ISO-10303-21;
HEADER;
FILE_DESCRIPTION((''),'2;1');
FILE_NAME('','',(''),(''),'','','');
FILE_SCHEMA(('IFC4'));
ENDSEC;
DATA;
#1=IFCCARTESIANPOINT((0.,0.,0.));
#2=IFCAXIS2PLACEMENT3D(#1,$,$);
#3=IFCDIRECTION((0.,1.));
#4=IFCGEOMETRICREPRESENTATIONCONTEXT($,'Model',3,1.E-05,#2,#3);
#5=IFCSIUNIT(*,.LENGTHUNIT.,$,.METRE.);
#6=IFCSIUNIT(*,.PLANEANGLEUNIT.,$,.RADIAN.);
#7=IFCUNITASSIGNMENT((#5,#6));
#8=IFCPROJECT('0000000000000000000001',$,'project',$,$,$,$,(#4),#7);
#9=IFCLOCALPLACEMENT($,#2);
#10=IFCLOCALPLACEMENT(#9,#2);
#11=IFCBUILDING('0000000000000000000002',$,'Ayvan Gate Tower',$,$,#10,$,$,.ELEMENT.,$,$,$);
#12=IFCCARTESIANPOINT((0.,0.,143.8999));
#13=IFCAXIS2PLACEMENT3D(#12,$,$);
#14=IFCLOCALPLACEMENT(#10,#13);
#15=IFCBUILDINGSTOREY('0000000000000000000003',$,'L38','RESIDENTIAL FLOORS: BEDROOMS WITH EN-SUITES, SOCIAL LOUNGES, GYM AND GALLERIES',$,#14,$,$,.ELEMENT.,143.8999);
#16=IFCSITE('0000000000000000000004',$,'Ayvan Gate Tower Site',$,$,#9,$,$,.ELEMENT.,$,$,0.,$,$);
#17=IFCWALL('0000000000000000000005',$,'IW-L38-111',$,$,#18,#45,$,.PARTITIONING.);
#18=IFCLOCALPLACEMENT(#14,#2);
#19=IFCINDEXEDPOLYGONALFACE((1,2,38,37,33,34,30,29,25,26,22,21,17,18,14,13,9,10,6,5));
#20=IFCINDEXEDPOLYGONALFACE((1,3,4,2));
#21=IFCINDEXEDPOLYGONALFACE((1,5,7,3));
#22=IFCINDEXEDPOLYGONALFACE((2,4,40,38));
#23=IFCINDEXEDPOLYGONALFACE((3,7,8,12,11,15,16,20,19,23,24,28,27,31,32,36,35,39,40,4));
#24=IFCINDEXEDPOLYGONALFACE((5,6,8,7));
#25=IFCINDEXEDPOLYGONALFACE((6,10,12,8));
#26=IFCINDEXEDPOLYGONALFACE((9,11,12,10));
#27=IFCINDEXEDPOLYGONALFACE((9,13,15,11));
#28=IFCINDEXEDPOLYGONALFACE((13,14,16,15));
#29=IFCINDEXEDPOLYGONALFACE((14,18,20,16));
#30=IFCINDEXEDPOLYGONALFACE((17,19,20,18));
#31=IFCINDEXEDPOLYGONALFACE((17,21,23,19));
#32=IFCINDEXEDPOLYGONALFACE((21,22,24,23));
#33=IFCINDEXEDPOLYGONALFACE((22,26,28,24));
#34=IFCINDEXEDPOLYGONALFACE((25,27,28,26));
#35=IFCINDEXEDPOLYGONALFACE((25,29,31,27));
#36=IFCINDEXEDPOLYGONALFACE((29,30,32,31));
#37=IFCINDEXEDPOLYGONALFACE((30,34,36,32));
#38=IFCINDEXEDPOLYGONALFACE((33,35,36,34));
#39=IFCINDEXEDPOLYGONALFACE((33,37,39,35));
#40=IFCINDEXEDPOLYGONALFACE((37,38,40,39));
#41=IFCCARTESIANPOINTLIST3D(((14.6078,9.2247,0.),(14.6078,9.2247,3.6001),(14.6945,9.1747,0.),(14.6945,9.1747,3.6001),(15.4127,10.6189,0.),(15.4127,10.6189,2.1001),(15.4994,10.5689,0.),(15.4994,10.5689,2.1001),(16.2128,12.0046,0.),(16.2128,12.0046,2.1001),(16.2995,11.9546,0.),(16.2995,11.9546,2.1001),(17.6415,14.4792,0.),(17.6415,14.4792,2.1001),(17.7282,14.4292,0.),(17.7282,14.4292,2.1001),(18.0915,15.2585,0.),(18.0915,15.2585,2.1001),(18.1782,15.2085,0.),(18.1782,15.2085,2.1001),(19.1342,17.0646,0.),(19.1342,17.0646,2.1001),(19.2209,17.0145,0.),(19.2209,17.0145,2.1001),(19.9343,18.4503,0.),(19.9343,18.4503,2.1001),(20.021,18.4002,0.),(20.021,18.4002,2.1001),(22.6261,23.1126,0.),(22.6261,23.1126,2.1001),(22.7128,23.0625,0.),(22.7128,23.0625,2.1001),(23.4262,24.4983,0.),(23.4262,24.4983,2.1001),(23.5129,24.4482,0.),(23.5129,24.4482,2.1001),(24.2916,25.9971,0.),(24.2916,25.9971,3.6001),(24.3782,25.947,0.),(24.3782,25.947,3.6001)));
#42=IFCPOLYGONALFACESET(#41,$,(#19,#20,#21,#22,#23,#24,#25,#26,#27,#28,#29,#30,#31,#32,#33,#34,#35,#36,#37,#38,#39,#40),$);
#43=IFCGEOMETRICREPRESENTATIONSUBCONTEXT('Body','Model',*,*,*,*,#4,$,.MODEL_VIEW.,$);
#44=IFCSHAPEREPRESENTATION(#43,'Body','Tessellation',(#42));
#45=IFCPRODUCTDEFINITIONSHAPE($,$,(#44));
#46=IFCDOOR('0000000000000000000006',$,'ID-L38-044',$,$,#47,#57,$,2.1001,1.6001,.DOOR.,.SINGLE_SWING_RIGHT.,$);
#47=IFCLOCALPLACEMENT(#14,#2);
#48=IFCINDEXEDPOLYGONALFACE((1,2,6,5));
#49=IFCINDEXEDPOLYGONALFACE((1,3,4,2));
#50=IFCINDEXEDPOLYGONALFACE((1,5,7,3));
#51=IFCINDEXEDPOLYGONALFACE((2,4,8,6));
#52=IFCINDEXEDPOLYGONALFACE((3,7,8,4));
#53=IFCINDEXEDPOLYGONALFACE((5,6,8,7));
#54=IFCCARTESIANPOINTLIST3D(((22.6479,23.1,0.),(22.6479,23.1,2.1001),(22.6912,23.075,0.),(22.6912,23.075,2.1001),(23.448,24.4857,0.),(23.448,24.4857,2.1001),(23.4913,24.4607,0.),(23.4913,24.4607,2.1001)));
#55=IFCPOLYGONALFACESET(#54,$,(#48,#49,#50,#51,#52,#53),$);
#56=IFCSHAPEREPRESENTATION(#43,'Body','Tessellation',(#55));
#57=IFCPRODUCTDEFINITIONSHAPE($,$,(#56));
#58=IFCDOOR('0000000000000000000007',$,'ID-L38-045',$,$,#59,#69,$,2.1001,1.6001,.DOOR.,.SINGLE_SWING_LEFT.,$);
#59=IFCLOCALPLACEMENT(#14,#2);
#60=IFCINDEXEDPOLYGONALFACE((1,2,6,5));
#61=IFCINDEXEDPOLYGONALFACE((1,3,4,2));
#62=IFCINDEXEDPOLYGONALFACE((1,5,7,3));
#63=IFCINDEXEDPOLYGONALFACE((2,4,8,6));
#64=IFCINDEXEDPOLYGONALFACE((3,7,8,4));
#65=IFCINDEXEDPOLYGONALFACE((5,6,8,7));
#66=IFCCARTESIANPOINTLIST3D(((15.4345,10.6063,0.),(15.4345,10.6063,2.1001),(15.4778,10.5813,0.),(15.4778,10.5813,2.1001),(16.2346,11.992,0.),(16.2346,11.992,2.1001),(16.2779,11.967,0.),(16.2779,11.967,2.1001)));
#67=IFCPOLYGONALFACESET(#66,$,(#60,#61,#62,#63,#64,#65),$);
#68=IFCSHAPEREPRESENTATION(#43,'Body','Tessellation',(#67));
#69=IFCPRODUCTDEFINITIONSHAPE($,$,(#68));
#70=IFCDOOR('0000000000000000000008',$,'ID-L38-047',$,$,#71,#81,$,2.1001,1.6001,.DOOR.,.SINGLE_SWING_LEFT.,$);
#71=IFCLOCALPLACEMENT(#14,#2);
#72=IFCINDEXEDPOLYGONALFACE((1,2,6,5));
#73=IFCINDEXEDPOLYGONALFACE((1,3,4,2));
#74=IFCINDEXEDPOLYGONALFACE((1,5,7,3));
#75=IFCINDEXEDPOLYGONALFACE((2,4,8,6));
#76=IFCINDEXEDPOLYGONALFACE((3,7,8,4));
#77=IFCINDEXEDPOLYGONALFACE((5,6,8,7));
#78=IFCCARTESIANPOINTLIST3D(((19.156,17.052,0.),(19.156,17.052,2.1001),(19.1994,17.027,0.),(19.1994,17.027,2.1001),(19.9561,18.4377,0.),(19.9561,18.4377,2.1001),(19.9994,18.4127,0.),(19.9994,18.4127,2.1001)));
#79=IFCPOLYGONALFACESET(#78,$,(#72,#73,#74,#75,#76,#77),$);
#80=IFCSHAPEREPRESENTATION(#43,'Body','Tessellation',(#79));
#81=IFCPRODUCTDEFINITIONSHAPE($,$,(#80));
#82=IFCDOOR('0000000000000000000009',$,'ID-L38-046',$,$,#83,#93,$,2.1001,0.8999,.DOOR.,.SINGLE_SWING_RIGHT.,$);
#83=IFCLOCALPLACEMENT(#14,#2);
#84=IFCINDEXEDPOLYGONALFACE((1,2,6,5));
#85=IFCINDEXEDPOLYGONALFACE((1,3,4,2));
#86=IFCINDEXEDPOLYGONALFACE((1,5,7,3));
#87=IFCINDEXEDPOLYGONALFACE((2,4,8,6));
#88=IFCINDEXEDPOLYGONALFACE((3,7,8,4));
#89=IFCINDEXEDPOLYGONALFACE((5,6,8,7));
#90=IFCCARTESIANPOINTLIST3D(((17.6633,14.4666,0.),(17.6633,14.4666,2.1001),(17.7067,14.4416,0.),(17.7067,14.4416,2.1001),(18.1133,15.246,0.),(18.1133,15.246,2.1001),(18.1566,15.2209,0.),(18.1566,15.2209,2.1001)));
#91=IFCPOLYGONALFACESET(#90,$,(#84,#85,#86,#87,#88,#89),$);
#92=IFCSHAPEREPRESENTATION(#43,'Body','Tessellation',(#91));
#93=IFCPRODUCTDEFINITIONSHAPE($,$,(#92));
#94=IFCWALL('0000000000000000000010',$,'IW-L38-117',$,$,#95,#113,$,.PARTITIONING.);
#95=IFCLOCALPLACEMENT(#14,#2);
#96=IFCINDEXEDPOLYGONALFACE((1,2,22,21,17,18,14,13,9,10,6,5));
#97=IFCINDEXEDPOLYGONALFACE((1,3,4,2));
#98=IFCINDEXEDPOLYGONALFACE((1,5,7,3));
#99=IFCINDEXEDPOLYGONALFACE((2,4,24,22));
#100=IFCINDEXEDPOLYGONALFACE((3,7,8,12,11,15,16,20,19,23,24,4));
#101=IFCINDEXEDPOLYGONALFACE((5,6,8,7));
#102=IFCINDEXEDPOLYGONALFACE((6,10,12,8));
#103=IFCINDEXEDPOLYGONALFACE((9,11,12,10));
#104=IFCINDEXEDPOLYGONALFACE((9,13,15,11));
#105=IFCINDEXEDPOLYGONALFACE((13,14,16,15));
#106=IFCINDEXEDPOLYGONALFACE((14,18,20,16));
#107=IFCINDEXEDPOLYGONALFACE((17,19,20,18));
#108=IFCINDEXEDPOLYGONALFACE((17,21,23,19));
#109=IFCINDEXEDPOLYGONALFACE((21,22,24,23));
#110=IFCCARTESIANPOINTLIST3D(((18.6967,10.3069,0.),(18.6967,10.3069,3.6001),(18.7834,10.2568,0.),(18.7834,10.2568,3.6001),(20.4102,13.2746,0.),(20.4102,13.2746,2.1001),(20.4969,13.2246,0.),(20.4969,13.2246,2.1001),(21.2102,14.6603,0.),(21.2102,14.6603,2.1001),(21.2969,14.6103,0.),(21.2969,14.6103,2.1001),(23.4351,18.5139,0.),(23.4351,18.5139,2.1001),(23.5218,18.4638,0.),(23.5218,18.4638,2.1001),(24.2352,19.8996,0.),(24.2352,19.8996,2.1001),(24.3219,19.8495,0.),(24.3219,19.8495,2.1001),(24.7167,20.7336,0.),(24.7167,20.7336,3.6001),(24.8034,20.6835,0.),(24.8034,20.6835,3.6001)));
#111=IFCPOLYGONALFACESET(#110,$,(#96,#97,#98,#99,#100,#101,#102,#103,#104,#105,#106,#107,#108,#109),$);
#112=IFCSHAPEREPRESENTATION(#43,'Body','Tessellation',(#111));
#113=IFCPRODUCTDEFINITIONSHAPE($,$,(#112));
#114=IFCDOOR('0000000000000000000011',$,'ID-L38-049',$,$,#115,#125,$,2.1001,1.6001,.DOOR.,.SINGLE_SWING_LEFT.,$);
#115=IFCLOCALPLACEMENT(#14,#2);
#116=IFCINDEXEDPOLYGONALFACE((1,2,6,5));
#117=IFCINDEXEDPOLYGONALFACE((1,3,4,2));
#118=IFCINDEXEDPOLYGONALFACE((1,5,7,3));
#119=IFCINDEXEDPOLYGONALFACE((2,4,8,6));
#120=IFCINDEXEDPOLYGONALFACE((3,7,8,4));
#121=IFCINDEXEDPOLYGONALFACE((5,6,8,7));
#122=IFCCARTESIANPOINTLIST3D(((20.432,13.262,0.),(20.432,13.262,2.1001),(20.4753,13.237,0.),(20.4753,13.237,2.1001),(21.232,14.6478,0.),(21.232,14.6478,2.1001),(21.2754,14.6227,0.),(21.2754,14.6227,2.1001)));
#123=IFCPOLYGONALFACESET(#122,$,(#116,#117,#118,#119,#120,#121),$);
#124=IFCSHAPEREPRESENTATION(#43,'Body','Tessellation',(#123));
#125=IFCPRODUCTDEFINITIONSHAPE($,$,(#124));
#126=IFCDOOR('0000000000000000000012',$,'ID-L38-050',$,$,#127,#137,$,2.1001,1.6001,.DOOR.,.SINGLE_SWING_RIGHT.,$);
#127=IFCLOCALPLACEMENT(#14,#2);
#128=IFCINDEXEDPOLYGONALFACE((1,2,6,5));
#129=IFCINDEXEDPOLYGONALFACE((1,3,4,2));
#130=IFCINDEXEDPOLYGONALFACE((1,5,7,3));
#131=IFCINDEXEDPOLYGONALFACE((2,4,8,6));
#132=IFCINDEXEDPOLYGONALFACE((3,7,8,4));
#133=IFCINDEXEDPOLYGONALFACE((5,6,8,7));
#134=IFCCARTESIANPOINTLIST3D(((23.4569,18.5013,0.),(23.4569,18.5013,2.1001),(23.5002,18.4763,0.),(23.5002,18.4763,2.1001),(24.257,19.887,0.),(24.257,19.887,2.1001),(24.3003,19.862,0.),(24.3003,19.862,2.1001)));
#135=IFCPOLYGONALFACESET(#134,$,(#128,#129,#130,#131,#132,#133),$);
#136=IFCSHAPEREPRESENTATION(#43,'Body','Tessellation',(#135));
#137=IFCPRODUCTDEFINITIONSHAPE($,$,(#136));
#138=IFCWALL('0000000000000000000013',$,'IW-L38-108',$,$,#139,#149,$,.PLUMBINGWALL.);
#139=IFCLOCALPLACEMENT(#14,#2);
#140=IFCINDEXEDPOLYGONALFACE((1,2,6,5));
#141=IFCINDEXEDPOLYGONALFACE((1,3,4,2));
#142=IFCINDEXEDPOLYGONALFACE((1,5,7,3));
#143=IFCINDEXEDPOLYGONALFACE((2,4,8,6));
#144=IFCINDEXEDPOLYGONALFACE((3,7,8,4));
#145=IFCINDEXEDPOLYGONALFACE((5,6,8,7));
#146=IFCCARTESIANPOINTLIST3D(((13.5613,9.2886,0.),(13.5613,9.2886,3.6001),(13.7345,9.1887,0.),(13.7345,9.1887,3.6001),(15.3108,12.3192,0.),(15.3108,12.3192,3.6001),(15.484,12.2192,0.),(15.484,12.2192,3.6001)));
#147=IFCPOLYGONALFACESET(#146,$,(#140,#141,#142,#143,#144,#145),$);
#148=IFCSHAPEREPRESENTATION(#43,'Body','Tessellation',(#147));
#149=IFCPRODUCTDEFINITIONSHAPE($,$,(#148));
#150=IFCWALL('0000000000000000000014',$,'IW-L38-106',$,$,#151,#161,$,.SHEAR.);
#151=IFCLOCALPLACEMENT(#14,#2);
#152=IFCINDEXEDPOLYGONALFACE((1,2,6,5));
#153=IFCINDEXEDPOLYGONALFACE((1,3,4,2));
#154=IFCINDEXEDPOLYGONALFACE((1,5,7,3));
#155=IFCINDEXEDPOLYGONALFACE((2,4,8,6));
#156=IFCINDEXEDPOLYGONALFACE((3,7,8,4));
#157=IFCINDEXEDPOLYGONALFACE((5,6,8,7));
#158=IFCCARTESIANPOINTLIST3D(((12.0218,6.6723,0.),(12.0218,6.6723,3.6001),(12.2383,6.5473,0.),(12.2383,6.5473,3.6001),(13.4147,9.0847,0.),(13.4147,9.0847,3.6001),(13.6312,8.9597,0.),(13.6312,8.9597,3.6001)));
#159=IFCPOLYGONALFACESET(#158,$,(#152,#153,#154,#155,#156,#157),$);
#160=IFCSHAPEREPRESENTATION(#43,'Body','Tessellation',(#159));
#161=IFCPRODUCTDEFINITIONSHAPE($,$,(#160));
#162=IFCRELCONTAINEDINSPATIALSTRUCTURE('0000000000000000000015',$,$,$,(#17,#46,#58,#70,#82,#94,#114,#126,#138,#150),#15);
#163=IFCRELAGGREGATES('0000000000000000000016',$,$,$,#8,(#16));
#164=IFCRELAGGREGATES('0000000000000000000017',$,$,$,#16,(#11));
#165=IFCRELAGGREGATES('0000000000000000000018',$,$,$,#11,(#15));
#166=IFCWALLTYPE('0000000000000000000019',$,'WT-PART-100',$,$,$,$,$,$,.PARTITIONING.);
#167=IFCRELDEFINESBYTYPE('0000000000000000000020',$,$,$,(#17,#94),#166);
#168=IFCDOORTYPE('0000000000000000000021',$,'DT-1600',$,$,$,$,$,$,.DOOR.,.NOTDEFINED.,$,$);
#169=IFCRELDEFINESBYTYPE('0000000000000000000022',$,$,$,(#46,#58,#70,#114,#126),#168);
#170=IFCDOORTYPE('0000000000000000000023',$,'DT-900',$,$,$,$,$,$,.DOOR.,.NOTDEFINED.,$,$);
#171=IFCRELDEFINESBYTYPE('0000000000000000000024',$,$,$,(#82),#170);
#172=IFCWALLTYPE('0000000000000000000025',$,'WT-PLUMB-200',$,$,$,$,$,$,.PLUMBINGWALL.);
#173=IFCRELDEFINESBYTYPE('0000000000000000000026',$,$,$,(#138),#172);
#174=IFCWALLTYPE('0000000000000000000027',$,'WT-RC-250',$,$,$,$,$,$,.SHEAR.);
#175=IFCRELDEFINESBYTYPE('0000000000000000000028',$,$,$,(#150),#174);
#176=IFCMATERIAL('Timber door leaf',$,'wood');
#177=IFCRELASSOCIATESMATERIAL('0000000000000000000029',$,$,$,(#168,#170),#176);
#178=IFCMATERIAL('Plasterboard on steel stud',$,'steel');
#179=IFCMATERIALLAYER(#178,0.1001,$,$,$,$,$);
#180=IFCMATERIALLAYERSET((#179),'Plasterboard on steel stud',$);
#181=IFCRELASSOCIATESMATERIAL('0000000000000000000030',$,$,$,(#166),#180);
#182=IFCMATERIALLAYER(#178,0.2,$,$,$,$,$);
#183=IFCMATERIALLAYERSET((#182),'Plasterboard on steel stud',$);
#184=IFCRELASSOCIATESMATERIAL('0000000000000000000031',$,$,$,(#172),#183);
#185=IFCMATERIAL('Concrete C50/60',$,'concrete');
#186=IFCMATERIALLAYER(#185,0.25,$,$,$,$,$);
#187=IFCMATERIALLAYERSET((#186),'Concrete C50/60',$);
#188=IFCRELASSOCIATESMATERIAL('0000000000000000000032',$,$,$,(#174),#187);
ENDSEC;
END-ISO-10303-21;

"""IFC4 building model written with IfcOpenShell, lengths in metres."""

from ifc_helpers import new_model, si_unit, direction, frame, frame_2d, origin, place, context, subcontext, project, spatial, rectangle, extrude, material, layer, layer_set, type_object, element, fill, save


model = new_model("IFC4")

# Units and contexts
model_context = context("Model", 3, precision=1e-05, world=origin(), true_north=direction((0.0, 1.0)))
body_context = subcontext(model_context, "Body", "Model", "MODEL_VIEW")
ifc_project = project(units=[si_unit("LENGTHUNIT", "METRE"), si_unit("PLANEANGLEUNIT", "RADIAN")], contexts=[model_context])

# Site, building, storey
site_placement = place(None, origin())
site = spatial("IfcSite", under=ifc_project, at=site_placement, Name="Ayvan Gate Tower Site", CompositionType="ELEMENT", RefElevation=0.0)
building_placement = place(site_placement, origin())
building = spatial("IfcBuilding", under=site, at=building_placement, Name="Ayvan Gate Tower", CompositionType="ELEMENT")
storey_placement = place(building_placement, frame((0.0, 0.0, 143.8999)))
storey = spatial("IfcBuildingStorey", under=building, at=storey_placement, Name="L38", Description="RESIDENTIAL FLOORS: BEDROOMS WITH EN-SUITES, SOCIAL LOUNGES, GYM AND GALLERIES", CompositionType="ELEMENT", Elevation=143.8999)

# Shared definitions
ifc_material_1 = material(Name="Plasterboard on steel stud", Category="steel")
ifc_material_2 = material(Name="Timber door leaf", Category="wood")
door_type_1 = type_object("IfcDoorType", Name="DT-1600", OperationType="NOTDEFINED", PredefinedType="DOOR", material=ifc_material_2)

# Walls, openings, doors
ifc_layer_1 = layer(ifc_material_1, 0.1001)
ifc_layer_set_1 = layer_set([ifc_layer_1], Name="Plasterboard on steel stud")
wall_type_1 = type_object("IfcWallType", Name="WT-PART-100", PredefinedType="PARTITIONING", material=ifc_layer_set_1)
wall_1_placement = place(storey_placement, frame((14.6511, 9.1997, 0.0), z_axis=(0.0, 0.0, 1.0), x_axis=(0.50001, 0.86602, 0.0)))
wall_1 = element("IfcWall", 1, at=wall_1_placement, inside=storey, type_object=wall_type_1, Name="IW-L38-111", PredefinedType="PARTITIONING", context=body_context, shape_type="SweptSolid", body=[
    extrude(rectangle(XDim=19.3672, YDim=0.1001, at=frame_2d((9.6836, 0.0))), origin(), (0.0, 0.0, 1.0), 3.6001),
])
opening_1_placement = place(wall_1_placement, frame((16.0364, 0.0, 0.0)))
opening_1 = element("IfcOpeningElement", 2, at=opening_1_placement, cuts=wall_1, PredefinedType="OPENING", context=body_context, shape_type="SweptSolid", body=[
    extrude(rectangle(XDim=1.6001, YDim=2.1001, at=frame_2d((0.8, 1.05))), frame((0.0, 0.0601, 0.0), z_axis=(0.0, -1.0, 0.0), x_axis=(1.0, 0.0, 0.0)), (0.0, 0.0, 1.0), 0.1201),
])
opening_2_placement = place(wall_1_placement, frame((1.6099, 0.0, 0.0)))
opening_2 = element("IfcOpeningElement", 3, at=opening_2_placement, cuts=wall_1, PredefinedType="OPENING", context=body_context, shape_type="SweptSolid", body=[
    extrude(rectangle(XDim=1.6001, YDim=2.1001, at=frame_2d((0.8, 1.05))), frame((0.0, 0.0601, 0.0), z_axis=(0.0, -1.0, 0.0), x_axis=(1.0, 0.0, 0.0)), (0.0, 0.0, 1.0), 0.1201),
])
opening_3_placement = place(wall_1_placement, frame((6.0674, 0.0, 0.0)))
opening_3 = element("IfcOpeningElement", 4, at=opening_3_placement, cuts=wall_1, PredefinedType="OPENING", context=body_context, shape_type="SweptSolid", body=[
    extrude(rectangle(XDim=0.8999, YDim=2.1001, at=frame_2d((0.45, 1.05))), frame((0.0, 0.0601, 0.0), z_axis=(0.0, -1.0, 0.0), x_axis=(1.0, 0.0, 0.0)), (0.0, 0.0, 1.0), 0.1201),
])
opening_4_placement = place(wall_1_placement, frame((9.0527, 0.0, 0.0)))
opening_4 = element("IfcOpeningElement", 5, at=opening_4_placement, cuts=wall_1, PredefinedType="OPENING", context=body_context, shape_type="SweptSolid", body=[
    extrude(rectangle(XDim=1.6001, YDim=2.1001, at=frame_2d((0.8, 1.05))), frame((0.0, 0.0601, 0.0), z_axis=(0.0, -1.0, 0.0), x_axis=(1.0, 0.0, 0.0)), (0.0, 0.0, 1.0), 0.1201),
])
door_1_placement = place(opening_1_placement, origin())
door_1 = element("IfcDoor", 6, at=door_1_placement, inside=storey, type_object=door_type_1, Name="ID-L38-044", OperationType="SINGLE_SWING_RIGHT", OverallHeight=2.1001, OverallWidth=1.6001, PredefinedType="DOOR", context=body_context, shape_type="SweptSolid", body=[
    extrude(rectangle(XDim=1.6001, YDim=2.1001, at=frame_2d((0.8, 1.05))), frame((0.0, 0.0249, 0.0), z_axis=(0.0, -1.0, 0.0), x_axis=(1.0, 0.0, 0.0)), (0.0, 0.0, 1.0), 0.05),
])
fill(opening_1, door_1)
door_2_placement = place(opening_2_placement, origin())
door_2 = element("IfcDoor", 7, at=door_2_placement, inside=storey, type_object=door_type_1, Name="ID-L38-045", OperationType="SINGLE_SWING_LEFT", OverallHeight=2.1001, OverallWidth=1.6001, PredefinedType="DOOR", context=body_context, shape_type="SweptSolid", body=[
    extrude(rectangle(XDim=1.6001, YDim=2.1001, at=frame_2d((0.8, 1.05))), frame((0.0, 0.0249, 0.0), z_axis=(0.0, -1.0, 0.0), x_axis=(1.0, 0.0, 0.0)), (0.0, 0.0, 1.0), 0.05),
])
fill(opening_2, door_2)
door_3_placement = place(opening_4_placement, origin())
door_3 = element("IfcDoor", 8, at=door_3_placement, inside=storey, type_object=door_type_1, Name="ID-L38-047", OperationType="SINGLE_SWING_LEFT", OverallHeight=2.1001, OverallWidth=1.6001, PredefinedType="DOOR", context=body_context, shape_type="SweptSolid", body=[
    extrude(rectangle(XDim=1.6001, YDim=2.1001, at=frame_2d((0.8, 1.05))), frame((0.0, 0.0249, 0.0), z_axis=(0.0, -1.0, 0.0), x_axis=(1.0, 0.0, 0.0)), (0.0, 0.0, 1.0), 0.05),
])
fill(opening_4, door_3)
door_type_2 = type_object("IfcDoorType", Name="DT-900", OperationType="NOTDEFINED", PredefinedType="DOOR", material=ifc_material_2)
door_4_placement = place(opening_3_placement, origin())
door_4 = element("IfcDoor", 9, at=door_4_placement, inside=storey, type_object=door_type_2, Name="ID-L38-046", OperationType="SINGLE_SWING_RIGHT", OverallHeight=2.1001, OverallWidth=0.8999, PredefinedType="DOOR", context=body_context, shape_type="SweptSolid", body=[
    extrude(rectangle(XDim=0.8999, YDim=2.1001, at=frame_2d((0.45, 1.05))), frame((0.0, 0.0249, 0.0), z_axis=(0.0, -1.0, 0.0), x_axis=(1.0, 0.0, 0.0)), (0.0, 0.0, 1.0), 0.05),
])
fill(opening_3, door_4)
wall_2_placement = place(storey_placement, frame((18.74, 10.2817, 0.0), z_axis=(0.0, 0.0, 1.0), x_axis=(0.500008, 0.866021, 0.0)))
wall_2 = element("IfcWall", 10, at=wall_2_placement, inside=storey, type_object=wall_type_1, Name="IW-L38-117", PredefinedType="PARTITIONING", context=body_context, shape_type="SweptSolid", body=[
    extrude(rectangle(XDim=12.0398, YDim=0.1001, at=frame_2d((6.02, 0.0))), origin(), (0.0, 0.0, 1.0), 3.6001),
])
opening_5_placement = place(wall_2_placement, frame((3.427, 0.0, 0.0)))
opening_5 = element("IfcOpeningElement", 11, at=opening_5_placement, cuts=wall_2, PredefinedType="OPENING", context=body_context, shape_type="SweptSolid", body=[
    extrude(rectangle(XDim=1.6001, YDim=2.1001, at=frame_2d((0.8, 1.05))), frame((0.0, 0.0601, 0.0), z_axis=(0.0, -1.0, 0.0), x_axis=(1.0, 0.0, 0.0)), (0.0, 0.0, 1.0), 0.1201),
])
opening_6_placement = place(wall_2_placement, frame((9.4768, 0.0, 0.0)))
opening_6 = element("IfcOpeningElement", 12, at=opening_6_placement, cuts=wall_2, PredefinedType="OPENING", context=body_context, shape_type="SweptSolid", body=[
    extrude(rectangle(XDim=1.6001, YDim=2.1001, at=frame_2d((0.8, 1.05))), frame((0.0, 0.0601, 0.0), z_axis=(0.0, -1.0, 0.0), x_axis=(1.0, 0.0, 0.0)), (0.0, 0.0, 1.0), 0.1201),
])
door_5_placement = place(opening_5_placement, origin())
door_5 = element("IfcDoor", 13, at=door_5_placement, inside=storey, type_object=door_type_1, Name="ID-L38-049", OperationType="SINGLE_SWING_LEFT", OverallHeight=2.1001, OverallWidth=1.6001, PredefinedType="DOOR", context=body_context, shape_type="SweptSolid", body=[
    extrude(rectangle(XDim=1.6001, YDim=2.1001, at=frame_2d((0.8, 1.05))), frame((0.0, 0.0249, 0.0), z_axis=(0.0, -1.0, 0.0), x_axis=(1.0, 0.0, 0.0)), (0.0, 0.0, 1.0), 0.05),
])
fill(opening_5, door_5)
door_6_placement = place(opening_6_placement, origin())
door_6 = element("IfcDoor", 14, at=door_6_placement, inside=storey, type_object=door_type_1, Name="ID-L38-050", OperationType="SINGLE_SWING_RIGHT", OverallHeight=2.1001, OverallWidth=1.6001, PredefinedType="DOOR", context=body_context, shape_type="SweptSolid", body=[
    extrude(rectangle(XDim=1.6001, YDim=2.1001, at=frame_2d((0.8, 1.05))), frame((0.0, 0.0249, 0.0), z_axis=(0.0, -1.0, 0.0), x_axis=(1.0, 0.0, 0.0)), (0.0, 0.0, 1.0), 0.05),
])
fill(opening_6, door_6)

# Walls
ifc_layer_2 = layer(ifc_material_1, 0.2)
ifc_layer_set_2 = layer_set([ifc_layer_2], Name="Plasterboard on steel stud")
wall_type_2 = type_object("IfcWallType", Name="WT-PLUMB-200", PredefinedType="PLUMBINGWALL", material=ifc_layer_set_2)
wall_3_placement = place(storey_placement, frame((13.6479, 9.2388, 0.0), z_axis=(0.0, 0.0, 1.0), x_axis=(0.499966, 0.866045, 0.0)))
element("IfcWall", 15, at=wall_3_placement, inside=storey, type_object=wall_type_2, Name="IW-L38-108", PredefinedType="PLUMBINGWALL", context=body_context, shape_type="SweptSolid", body=[
    extrude(rectangle(XDim=3.4993, YDim=0.2, at=frame_2d((1.7495, 0.0))), origin(), (0.0, 0.0, 1.0), 3.6001),
])
ifc_material_3 = material(Name="Concrete C50/60", Category="concrete")
ifc_layer_3 = layer(ifc_material_3, 0.25)
ifc_layer_set_3 = layer_set([ifc_layer_3], Name="Concrete C50/60")
wall_type_3 = type_object("IfcWallType", Name="WT-RC-250", PredefinedType="SHEAR", material=ifc_layer_set_3)
wall_4_placement = place(storey_placement, frame((13.5229, 9.0222, 0.0), z_axis=(0.0, 0.0, 1.0), x_axis=(-0.500013, -0.866018, 0.0)))
element("IfcWall", 16, at=wall_4_placement, inside=storey, type_object=wall_type_3, Name="IW-L38-106", PredefinedType="SHEAR", context=body_context, shape_type="SweptSolid", body=[
    extrude(rectangle(XDim=2.7856, YDim=0.25, at=frame_2d((1.3928, 0.0))), origin(), (0.0, 0.0, 1.0), 3.6001),
])

save(model, "model.ifc")
